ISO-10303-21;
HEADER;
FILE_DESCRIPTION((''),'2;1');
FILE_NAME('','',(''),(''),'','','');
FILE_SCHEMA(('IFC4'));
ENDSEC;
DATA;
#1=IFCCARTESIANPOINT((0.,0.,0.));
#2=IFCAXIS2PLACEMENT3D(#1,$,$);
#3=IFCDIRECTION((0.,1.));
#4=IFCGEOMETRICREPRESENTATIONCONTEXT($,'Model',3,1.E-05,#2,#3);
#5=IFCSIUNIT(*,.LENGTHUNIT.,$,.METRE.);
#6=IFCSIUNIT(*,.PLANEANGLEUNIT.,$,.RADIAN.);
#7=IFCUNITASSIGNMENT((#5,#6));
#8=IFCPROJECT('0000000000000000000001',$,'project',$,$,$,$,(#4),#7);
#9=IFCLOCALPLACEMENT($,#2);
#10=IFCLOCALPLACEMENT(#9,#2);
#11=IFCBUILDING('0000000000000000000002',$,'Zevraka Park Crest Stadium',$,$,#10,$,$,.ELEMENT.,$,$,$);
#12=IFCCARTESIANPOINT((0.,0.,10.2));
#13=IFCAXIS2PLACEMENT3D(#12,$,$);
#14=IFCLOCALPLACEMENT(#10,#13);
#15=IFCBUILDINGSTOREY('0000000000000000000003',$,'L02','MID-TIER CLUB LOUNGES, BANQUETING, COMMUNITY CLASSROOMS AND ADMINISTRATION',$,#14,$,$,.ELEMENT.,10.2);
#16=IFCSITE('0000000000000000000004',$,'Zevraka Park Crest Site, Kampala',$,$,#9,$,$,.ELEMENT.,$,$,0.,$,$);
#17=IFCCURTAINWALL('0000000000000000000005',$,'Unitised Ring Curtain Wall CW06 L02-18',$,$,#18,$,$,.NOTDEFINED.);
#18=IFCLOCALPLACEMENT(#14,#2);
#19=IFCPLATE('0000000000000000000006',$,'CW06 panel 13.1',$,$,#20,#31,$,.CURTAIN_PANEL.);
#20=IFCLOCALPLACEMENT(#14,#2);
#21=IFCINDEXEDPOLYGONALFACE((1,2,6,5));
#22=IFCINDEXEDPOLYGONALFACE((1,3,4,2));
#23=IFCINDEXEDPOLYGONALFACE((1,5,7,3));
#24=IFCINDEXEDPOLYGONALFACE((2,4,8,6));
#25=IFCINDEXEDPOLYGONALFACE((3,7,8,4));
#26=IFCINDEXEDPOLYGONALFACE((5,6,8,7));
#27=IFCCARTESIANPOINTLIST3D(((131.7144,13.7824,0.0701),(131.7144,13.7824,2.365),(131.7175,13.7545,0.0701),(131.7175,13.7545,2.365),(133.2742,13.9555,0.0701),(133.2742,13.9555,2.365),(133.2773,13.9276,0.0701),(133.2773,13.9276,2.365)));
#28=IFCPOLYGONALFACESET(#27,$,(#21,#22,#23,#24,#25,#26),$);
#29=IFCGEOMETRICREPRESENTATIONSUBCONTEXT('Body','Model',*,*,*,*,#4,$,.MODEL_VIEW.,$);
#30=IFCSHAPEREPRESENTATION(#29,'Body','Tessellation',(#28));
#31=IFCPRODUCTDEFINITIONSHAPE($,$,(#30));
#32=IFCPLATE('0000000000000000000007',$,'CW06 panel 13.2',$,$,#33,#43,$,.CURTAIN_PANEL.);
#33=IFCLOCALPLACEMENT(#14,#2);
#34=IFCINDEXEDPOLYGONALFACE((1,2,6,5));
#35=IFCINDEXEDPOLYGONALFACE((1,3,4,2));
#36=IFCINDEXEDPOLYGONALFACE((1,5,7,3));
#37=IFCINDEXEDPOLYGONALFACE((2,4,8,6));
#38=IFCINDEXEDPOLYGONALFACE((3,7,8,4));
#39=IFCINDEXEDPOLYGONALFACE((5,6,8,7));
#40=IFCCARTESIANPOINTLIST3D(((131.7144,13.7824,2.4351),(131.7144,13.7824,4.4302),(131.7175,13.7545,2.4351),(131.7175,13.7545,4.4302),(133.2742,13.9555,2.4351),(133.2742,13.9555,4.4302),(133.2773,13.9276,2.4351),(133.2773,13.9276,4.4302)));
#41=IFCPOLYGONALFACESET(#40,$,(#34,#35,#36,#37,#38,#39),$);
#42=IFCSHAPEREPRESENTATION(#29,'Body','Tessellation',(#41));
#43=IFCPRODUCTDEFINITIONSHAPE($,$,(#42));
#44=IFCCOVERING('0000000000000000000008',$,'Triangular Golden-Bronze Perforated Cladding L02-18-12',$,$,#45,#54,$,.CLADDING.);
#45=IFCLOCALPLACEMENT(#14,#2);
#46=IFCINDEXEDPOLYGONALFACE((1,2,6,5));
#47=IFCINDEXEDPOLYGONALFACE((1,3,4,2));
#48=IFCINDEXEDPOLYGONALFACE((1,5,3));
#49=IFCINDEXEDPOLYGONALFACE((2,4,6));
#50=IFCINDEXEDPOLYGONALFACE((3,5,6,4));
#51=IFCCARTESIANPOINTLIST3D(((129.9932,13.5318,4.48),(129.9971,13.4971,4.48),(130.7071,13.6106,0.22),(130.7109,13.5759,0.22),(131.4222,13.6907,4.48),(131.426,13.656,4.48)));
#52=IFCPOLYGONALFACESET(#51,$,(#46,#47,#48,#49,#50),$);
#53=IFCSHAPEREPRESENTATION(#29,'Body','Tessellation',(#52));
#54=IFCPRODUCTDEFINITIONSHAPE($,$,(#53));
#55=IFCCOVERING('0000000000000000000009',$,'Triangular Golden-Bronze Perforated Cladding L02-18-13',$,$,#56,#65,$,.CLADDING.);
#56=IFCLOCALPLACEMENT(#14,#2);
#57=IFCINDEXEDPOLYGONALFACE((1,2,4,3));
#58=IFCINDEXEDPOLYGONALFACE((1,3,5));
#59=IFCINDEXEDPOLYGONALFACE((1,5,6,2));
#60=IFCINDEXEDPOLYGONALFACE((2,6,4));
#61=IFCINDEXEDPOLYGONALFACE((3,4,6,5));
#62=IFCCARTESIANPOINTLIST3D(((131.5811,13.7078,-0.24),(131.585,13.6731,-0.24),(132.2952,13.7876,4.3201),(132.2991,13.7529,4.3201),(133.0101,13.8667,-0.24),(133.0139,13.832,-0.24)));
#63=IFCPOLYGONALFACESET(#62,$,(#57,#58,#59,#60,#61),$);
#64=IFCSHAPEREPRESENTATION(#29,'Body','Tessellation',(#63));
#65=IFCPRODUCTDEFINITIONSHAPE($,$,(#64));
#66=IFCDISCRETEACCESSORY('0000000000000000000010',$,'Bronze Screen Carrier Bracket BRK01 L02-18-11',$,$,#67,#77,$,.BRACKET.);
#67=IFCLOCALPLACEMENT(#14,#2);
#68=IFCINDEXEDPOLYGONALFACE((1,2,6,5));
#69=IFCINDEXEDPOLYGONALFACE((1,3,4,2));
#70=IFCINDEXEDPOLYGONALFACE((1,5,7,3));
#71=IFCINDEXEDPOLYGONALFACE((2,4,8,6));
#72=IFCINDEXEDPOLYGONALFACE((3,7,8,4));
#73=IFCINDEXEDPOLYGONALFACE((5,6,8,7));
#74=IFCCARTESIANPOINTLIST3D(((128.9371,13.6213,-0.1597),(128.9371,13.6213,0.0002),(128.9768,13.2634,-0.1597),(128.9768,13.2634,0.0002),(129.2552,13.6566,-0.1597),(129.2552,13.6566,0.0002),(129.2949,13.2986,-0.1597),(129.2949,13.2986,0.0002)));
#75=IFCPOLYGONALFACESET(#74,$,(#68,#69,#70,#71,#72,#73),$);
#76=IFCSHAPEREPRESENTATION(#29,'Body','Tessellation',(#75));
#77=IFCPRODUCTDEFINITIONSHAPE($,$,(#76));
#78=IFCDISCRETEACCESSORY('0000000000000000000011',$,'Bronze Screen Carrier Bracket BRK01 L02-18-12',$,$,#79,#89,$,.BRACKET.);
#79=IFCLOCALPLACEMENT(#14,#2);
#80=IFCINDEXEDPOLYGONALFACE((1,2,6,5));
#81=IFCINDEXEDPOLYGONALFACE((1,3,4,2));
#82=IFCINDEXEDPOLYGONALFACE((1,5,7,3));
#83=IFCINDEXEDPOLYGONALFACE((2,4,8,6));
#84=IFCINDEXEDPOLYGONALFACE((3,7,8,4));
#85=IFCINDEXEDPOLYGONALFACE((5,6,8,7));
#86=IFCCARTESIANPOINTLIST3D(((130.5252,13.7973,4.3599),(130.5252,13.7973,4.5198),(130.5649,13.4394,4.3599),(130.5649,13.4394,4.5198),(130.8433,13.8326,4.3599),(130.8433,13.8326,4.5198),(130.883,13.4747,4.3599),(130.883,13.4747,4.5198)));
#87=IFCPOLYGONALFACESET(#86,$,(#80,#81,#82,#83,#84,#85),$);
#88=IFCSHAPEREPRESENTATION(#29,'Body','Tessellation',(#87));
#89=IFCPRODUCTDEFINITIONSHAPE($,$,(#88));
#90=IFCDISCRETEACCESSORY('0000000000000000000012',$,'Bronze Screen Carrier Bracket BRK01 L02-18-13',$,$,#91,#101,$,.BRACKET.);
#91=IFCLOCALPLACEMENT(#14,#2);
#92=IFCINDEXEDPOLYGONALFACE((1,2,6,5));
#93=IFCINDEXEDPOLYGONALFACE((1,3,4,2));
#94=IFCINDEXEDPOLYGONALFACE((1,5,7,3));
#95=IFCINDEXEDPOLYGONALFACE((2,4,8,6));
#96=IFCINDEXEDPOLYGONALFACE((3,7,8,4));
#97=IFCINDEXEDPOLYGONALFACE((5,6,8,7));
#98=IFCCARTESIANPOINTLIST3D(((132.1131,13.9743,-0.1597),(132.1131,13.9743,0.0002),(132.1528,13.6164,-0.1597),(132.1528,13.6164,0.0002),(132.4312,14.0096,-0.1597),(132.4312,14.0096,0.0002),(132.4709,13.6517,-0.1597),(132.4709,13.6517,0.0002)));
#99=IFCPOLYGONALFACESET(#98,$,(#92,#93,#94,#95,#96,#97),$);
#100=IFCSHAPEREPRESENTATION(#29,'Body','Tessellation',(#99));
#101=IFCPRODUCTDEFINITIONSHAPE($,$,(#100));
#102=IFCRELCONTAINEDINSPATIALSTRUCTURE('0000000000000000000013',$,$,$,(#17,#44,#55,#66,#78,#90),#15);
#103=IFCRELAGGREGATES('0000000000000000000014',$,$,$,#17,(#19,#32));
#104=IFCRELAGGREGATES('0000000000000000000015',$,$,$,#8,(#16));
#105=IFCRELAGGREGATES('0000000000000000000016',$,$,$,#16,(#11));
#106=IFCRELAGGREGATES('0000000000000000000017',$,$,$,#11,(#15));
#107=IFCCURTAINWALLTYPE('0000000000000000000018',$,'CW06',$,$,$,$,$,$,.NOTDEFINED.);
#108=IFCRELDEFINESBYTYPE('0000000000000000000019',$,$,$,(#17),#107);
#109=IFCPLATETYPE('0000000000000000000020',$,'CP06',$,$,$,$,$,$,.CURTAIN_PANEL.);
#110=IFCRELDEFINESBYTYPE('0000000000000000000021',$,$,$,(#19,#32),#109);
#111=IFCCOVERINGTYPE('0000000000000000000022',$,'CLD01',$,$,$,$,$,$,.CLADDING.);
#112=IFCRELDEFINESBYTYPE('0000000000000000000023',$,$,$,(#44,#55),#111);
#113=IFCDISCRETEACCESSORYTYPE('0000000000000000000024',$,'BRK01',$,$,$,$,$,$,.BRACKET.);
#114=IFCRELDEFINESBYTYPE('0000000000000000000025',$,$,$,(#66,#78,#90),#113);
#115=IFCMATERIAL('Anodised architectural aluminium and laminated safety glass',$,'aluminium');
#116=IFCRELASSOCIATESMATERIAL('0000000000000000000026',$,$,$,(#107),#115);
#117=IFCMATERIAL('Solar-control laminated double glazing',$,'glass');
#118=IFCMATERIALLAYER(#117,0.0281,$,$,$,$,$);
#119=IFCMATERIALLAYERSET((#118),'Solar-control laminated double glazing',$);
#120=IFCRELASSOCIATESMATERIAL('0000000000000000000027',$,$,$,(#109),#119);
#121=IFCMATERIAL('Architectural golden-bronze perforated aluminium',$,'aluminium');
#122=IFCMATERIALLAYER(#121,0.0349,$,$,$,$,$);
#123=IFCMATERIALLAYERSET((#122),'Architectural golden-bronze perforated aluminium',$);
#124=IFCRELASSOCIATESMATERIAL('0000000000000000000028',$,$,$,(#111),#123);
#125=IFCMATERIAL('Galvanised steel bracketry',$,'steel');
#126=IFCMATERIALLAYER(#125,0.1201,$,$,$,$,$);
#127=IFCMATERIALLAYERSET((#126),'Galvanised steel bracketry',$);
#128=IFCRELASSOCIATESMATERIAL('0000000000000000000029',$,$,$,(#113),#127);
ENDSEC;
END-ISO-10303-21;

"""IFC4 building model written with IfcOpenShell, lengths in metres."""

from ifc_helpers import new_model, si_unit, direction, frame, origin, origin_2d, place, context, subcontext, project, spatial, polyline, rectangle, outline, extrude, material, layer, layer_set, type_object, element, aggregate, save


model = new_model("IFC4")

# Units and contexts
model_context = context("Model", 3, precision=1e-05, world=origin(), true_north=direction((0.0, 1.0)))
body_context = subcontext(model_context, "Body", "Model", "MODEL_VIEW")
ifc_project = project(units=[si_unit("LENGTHUNIT", "METRE"), si_unit("PLANEANGLEUNIT", "RADIAN")], contexts=[model_context])

# Site, building, storey
site_placement = place(None, origin())
site = spatial("IfcSite", under=ifc_project, at=site_placement, Name="Zevraka Park Crest Site, Kampala", CompositionType="ELEMENT", RefElevation=0.0)
building_placement = place(site_placement, origin())
building = spatial("IfcBuilding", under=site, at=building_placement, Name="Zevraka Park Crest Stadium", CompositionType="ELEMENT")
storey_placement = place(building_placement, frame((0.0, 0.0, 10.2)))
storey = spatial("IfcBuildingStorey", under=building, at=storey_placement, Name="L02", Description="MID-TIER CLUB LOUNGES, BANQUETING, COMMUNITY CLASSROOMS AND ADMINISTRATION", CompositionType="ELEMENT", Elevation=10.2)

# Curtain wall, plates
ifc_material_1 = material(Name="Anodised architectural aluminium and laminated safety glass", Category="aluminium")
curtain_wall_type = type_object("IfcCurtainWallType", Name="CW06", PredefinedType="NOTDEFINED", material=ifc_material_1)
curtain_wall_placement = place(storey_placement, origin())
curtain_wall = element("IfcCurtainWall", 1, at=curtain_wall_placement, inside=storey, type_object=curtain_wall_type, Name="Unitised Ring Curtain Wall CW06 L02-18", PredefinedType="NOTDEFINED")
ifc_material_2 = material(Name="Solar-control laminated double glazing", Category="glass")
ifc_layer_1 = layer(ifc_material_2, 0.0281)
ifc_layer_set_1 = layer_set([ifc_layer_1], Name="Solar-control laminated double glazing")
plate_type = type_object("IfcPlateType", Name="CP06", PredefinedType="CURTAIN_PANEL", material=ifc_layer_set_1)
plate_1_placement = place(storey_placement, frame((132.4958, 13.855, 0.0701), z_axis=(0.0, 0.0, 1.0), x_axis=(0.993899, 0.110293, 0.0)))
plate_1 = element("IfcPlate", 2, at=plate_1_placement, type_object=plate_type, Name="CW06 panel 13.1", PredefinedType="CURTAIN_PANEL", context=body_context, shape_type="SweptSolid", body=[
    extrude(rectangle(XDim=1.5693, YDim=0.0281, at=origin_2d()), origin(), (0.0, 0.0, 1.0), 2.2949),
])
plate_2_placement = place(storey_placement, frame((132.4958, 13.855, 2.4351), z_axis=(0.0, 0.0, 1.0), x_axis=(0.993899, 0.110293, 0.0)))
plate_2 = element("IfcPlate", 3, at=plate_2_placement, type_object=plate_type, Name="CW06 panel 13.2", PredefinedType="CURTAIN_PANEL", context=body_context, shape_type="SweptSolid", body=[
    extrude(rectangle(XDim=1.5693, YDim=0.0281, at=origin_2d()), origin(), (0.0, 0.0, 1.0), 1.9951),
])
aggregate(curtain_wall, [plate_1, plate_2])

# Coverings
ifc_material_3 = material(Name="Architectural golden-bronze perforated aluminium", Category="aluminium")
ifc_layer_2 = layer(ifc_material_3, 0.0349)
ifc_layer_set_2 = layer_set([ifc_layer_2], Name="Architectural golden-bronze perforated aluminium")
covering_type = type_object("IfcCoveringType", Name="CLD01", PredefinedType="CLADDING", material=ifc_layer_set_2)
covering_1_placement = place(storey_placement, frame((131.426, 13.656, 4.48), z_axis=(0.110543, -0.993871, 0.000127), x_axis=(-0.993871, -0.110543, 0.0)))
element("IfcCovering", 4, at=covering_1_placement, inside=storey, type_object=covering_type, Name="Triangular Golden-Bronze Perforated Cladding L02-18-12", PredefinedType="CLADDING", context=body_context, shape_type="SweptSolid", body=[
    extrude(outline(polyline([(0.0, 0.0), (1.4378, 0.0), (0.7196, 4.26), (0.0, 0.0)])), origin(), (0.0, 0.0, -1.0), 0.0349),
])
covering_2_placement = place(storey_placement, frame((131.585, 13.6731, -0.24), z_axis=(0.110543, -0.993871, 0.000089), x_axis=(0.993871, 0.110543, 0.0)))
element("IfcCovering", 5, at=covering_2_placement, inside=storey, type_object=covering_type, Name="Triangular Golden-Bronze Perforated Cladding L02-18-13", PredefinedType="CLADDING", context=body_context, shape_type="SweptSolid", body=[
    extrude(outline(polyline([(0.0, 0.0), (1.4378, 0.0), (0.7186, 4.5601), (0.0, 0.0)])), origin(), (0.0, 0.0, -1.0), 0.0349),
])

# Discrete accessories
ifc_material_4 = material(Name="Galvanised steel bracketry", Category="steel")
ifc_layer_3 = layer(ifc_material_4, 0.1201)
ifc_layer_set_3 = layer_set([ifc_layer_3], Name="Galvanised steel bracketry")
discrete_accessory_type = type_object("IfcDiscreteAccessoryType", Name="BRK01", PredefinedType="BRACKET", material=ifc_layer_set_3)
for number, where, z_axis, x_axis, name in (
    (6, (129.116, 13.46, -0.1597), (0.0, 0.0, 1.0), (0.993903, 0.110255, 0.0), "Bronze Screen Carrier Bracket BRK01 L02-18-11"),
    (7, (130.7041, 13.636, 4.3599), (0.0, 0.0, 1.0), (0.993903, 0.110255, 0.0), "Bronze Screen Carrier Bracket BRK01 L02-18-12"),
    (8, (132.292, 13.813, -0.1597), (0.0, 0.0, 1.0), (0.993903, 0.110255, 0.0), "Bronze Screen Carrier Bracket BRK01 L02-18-13"),
):
    element("IfcDiscreteAccessory", number, at=place(storey_placement, frame(where, z_axis=z_axis, x_axis=x_axis)), inside=storey, type_object=discrete_accessory_type, Name=name, PredefinedType="BRACKET", context=body_context, shape_type="SweptSolid", body=[
        extrude(rectangle(XDim=0.3201, YDim=0.3601, at=origin_2d()), origin(), (0.0, 0.0, 1.0), 0.1599),
    ])

save(model, "model.ifc")
